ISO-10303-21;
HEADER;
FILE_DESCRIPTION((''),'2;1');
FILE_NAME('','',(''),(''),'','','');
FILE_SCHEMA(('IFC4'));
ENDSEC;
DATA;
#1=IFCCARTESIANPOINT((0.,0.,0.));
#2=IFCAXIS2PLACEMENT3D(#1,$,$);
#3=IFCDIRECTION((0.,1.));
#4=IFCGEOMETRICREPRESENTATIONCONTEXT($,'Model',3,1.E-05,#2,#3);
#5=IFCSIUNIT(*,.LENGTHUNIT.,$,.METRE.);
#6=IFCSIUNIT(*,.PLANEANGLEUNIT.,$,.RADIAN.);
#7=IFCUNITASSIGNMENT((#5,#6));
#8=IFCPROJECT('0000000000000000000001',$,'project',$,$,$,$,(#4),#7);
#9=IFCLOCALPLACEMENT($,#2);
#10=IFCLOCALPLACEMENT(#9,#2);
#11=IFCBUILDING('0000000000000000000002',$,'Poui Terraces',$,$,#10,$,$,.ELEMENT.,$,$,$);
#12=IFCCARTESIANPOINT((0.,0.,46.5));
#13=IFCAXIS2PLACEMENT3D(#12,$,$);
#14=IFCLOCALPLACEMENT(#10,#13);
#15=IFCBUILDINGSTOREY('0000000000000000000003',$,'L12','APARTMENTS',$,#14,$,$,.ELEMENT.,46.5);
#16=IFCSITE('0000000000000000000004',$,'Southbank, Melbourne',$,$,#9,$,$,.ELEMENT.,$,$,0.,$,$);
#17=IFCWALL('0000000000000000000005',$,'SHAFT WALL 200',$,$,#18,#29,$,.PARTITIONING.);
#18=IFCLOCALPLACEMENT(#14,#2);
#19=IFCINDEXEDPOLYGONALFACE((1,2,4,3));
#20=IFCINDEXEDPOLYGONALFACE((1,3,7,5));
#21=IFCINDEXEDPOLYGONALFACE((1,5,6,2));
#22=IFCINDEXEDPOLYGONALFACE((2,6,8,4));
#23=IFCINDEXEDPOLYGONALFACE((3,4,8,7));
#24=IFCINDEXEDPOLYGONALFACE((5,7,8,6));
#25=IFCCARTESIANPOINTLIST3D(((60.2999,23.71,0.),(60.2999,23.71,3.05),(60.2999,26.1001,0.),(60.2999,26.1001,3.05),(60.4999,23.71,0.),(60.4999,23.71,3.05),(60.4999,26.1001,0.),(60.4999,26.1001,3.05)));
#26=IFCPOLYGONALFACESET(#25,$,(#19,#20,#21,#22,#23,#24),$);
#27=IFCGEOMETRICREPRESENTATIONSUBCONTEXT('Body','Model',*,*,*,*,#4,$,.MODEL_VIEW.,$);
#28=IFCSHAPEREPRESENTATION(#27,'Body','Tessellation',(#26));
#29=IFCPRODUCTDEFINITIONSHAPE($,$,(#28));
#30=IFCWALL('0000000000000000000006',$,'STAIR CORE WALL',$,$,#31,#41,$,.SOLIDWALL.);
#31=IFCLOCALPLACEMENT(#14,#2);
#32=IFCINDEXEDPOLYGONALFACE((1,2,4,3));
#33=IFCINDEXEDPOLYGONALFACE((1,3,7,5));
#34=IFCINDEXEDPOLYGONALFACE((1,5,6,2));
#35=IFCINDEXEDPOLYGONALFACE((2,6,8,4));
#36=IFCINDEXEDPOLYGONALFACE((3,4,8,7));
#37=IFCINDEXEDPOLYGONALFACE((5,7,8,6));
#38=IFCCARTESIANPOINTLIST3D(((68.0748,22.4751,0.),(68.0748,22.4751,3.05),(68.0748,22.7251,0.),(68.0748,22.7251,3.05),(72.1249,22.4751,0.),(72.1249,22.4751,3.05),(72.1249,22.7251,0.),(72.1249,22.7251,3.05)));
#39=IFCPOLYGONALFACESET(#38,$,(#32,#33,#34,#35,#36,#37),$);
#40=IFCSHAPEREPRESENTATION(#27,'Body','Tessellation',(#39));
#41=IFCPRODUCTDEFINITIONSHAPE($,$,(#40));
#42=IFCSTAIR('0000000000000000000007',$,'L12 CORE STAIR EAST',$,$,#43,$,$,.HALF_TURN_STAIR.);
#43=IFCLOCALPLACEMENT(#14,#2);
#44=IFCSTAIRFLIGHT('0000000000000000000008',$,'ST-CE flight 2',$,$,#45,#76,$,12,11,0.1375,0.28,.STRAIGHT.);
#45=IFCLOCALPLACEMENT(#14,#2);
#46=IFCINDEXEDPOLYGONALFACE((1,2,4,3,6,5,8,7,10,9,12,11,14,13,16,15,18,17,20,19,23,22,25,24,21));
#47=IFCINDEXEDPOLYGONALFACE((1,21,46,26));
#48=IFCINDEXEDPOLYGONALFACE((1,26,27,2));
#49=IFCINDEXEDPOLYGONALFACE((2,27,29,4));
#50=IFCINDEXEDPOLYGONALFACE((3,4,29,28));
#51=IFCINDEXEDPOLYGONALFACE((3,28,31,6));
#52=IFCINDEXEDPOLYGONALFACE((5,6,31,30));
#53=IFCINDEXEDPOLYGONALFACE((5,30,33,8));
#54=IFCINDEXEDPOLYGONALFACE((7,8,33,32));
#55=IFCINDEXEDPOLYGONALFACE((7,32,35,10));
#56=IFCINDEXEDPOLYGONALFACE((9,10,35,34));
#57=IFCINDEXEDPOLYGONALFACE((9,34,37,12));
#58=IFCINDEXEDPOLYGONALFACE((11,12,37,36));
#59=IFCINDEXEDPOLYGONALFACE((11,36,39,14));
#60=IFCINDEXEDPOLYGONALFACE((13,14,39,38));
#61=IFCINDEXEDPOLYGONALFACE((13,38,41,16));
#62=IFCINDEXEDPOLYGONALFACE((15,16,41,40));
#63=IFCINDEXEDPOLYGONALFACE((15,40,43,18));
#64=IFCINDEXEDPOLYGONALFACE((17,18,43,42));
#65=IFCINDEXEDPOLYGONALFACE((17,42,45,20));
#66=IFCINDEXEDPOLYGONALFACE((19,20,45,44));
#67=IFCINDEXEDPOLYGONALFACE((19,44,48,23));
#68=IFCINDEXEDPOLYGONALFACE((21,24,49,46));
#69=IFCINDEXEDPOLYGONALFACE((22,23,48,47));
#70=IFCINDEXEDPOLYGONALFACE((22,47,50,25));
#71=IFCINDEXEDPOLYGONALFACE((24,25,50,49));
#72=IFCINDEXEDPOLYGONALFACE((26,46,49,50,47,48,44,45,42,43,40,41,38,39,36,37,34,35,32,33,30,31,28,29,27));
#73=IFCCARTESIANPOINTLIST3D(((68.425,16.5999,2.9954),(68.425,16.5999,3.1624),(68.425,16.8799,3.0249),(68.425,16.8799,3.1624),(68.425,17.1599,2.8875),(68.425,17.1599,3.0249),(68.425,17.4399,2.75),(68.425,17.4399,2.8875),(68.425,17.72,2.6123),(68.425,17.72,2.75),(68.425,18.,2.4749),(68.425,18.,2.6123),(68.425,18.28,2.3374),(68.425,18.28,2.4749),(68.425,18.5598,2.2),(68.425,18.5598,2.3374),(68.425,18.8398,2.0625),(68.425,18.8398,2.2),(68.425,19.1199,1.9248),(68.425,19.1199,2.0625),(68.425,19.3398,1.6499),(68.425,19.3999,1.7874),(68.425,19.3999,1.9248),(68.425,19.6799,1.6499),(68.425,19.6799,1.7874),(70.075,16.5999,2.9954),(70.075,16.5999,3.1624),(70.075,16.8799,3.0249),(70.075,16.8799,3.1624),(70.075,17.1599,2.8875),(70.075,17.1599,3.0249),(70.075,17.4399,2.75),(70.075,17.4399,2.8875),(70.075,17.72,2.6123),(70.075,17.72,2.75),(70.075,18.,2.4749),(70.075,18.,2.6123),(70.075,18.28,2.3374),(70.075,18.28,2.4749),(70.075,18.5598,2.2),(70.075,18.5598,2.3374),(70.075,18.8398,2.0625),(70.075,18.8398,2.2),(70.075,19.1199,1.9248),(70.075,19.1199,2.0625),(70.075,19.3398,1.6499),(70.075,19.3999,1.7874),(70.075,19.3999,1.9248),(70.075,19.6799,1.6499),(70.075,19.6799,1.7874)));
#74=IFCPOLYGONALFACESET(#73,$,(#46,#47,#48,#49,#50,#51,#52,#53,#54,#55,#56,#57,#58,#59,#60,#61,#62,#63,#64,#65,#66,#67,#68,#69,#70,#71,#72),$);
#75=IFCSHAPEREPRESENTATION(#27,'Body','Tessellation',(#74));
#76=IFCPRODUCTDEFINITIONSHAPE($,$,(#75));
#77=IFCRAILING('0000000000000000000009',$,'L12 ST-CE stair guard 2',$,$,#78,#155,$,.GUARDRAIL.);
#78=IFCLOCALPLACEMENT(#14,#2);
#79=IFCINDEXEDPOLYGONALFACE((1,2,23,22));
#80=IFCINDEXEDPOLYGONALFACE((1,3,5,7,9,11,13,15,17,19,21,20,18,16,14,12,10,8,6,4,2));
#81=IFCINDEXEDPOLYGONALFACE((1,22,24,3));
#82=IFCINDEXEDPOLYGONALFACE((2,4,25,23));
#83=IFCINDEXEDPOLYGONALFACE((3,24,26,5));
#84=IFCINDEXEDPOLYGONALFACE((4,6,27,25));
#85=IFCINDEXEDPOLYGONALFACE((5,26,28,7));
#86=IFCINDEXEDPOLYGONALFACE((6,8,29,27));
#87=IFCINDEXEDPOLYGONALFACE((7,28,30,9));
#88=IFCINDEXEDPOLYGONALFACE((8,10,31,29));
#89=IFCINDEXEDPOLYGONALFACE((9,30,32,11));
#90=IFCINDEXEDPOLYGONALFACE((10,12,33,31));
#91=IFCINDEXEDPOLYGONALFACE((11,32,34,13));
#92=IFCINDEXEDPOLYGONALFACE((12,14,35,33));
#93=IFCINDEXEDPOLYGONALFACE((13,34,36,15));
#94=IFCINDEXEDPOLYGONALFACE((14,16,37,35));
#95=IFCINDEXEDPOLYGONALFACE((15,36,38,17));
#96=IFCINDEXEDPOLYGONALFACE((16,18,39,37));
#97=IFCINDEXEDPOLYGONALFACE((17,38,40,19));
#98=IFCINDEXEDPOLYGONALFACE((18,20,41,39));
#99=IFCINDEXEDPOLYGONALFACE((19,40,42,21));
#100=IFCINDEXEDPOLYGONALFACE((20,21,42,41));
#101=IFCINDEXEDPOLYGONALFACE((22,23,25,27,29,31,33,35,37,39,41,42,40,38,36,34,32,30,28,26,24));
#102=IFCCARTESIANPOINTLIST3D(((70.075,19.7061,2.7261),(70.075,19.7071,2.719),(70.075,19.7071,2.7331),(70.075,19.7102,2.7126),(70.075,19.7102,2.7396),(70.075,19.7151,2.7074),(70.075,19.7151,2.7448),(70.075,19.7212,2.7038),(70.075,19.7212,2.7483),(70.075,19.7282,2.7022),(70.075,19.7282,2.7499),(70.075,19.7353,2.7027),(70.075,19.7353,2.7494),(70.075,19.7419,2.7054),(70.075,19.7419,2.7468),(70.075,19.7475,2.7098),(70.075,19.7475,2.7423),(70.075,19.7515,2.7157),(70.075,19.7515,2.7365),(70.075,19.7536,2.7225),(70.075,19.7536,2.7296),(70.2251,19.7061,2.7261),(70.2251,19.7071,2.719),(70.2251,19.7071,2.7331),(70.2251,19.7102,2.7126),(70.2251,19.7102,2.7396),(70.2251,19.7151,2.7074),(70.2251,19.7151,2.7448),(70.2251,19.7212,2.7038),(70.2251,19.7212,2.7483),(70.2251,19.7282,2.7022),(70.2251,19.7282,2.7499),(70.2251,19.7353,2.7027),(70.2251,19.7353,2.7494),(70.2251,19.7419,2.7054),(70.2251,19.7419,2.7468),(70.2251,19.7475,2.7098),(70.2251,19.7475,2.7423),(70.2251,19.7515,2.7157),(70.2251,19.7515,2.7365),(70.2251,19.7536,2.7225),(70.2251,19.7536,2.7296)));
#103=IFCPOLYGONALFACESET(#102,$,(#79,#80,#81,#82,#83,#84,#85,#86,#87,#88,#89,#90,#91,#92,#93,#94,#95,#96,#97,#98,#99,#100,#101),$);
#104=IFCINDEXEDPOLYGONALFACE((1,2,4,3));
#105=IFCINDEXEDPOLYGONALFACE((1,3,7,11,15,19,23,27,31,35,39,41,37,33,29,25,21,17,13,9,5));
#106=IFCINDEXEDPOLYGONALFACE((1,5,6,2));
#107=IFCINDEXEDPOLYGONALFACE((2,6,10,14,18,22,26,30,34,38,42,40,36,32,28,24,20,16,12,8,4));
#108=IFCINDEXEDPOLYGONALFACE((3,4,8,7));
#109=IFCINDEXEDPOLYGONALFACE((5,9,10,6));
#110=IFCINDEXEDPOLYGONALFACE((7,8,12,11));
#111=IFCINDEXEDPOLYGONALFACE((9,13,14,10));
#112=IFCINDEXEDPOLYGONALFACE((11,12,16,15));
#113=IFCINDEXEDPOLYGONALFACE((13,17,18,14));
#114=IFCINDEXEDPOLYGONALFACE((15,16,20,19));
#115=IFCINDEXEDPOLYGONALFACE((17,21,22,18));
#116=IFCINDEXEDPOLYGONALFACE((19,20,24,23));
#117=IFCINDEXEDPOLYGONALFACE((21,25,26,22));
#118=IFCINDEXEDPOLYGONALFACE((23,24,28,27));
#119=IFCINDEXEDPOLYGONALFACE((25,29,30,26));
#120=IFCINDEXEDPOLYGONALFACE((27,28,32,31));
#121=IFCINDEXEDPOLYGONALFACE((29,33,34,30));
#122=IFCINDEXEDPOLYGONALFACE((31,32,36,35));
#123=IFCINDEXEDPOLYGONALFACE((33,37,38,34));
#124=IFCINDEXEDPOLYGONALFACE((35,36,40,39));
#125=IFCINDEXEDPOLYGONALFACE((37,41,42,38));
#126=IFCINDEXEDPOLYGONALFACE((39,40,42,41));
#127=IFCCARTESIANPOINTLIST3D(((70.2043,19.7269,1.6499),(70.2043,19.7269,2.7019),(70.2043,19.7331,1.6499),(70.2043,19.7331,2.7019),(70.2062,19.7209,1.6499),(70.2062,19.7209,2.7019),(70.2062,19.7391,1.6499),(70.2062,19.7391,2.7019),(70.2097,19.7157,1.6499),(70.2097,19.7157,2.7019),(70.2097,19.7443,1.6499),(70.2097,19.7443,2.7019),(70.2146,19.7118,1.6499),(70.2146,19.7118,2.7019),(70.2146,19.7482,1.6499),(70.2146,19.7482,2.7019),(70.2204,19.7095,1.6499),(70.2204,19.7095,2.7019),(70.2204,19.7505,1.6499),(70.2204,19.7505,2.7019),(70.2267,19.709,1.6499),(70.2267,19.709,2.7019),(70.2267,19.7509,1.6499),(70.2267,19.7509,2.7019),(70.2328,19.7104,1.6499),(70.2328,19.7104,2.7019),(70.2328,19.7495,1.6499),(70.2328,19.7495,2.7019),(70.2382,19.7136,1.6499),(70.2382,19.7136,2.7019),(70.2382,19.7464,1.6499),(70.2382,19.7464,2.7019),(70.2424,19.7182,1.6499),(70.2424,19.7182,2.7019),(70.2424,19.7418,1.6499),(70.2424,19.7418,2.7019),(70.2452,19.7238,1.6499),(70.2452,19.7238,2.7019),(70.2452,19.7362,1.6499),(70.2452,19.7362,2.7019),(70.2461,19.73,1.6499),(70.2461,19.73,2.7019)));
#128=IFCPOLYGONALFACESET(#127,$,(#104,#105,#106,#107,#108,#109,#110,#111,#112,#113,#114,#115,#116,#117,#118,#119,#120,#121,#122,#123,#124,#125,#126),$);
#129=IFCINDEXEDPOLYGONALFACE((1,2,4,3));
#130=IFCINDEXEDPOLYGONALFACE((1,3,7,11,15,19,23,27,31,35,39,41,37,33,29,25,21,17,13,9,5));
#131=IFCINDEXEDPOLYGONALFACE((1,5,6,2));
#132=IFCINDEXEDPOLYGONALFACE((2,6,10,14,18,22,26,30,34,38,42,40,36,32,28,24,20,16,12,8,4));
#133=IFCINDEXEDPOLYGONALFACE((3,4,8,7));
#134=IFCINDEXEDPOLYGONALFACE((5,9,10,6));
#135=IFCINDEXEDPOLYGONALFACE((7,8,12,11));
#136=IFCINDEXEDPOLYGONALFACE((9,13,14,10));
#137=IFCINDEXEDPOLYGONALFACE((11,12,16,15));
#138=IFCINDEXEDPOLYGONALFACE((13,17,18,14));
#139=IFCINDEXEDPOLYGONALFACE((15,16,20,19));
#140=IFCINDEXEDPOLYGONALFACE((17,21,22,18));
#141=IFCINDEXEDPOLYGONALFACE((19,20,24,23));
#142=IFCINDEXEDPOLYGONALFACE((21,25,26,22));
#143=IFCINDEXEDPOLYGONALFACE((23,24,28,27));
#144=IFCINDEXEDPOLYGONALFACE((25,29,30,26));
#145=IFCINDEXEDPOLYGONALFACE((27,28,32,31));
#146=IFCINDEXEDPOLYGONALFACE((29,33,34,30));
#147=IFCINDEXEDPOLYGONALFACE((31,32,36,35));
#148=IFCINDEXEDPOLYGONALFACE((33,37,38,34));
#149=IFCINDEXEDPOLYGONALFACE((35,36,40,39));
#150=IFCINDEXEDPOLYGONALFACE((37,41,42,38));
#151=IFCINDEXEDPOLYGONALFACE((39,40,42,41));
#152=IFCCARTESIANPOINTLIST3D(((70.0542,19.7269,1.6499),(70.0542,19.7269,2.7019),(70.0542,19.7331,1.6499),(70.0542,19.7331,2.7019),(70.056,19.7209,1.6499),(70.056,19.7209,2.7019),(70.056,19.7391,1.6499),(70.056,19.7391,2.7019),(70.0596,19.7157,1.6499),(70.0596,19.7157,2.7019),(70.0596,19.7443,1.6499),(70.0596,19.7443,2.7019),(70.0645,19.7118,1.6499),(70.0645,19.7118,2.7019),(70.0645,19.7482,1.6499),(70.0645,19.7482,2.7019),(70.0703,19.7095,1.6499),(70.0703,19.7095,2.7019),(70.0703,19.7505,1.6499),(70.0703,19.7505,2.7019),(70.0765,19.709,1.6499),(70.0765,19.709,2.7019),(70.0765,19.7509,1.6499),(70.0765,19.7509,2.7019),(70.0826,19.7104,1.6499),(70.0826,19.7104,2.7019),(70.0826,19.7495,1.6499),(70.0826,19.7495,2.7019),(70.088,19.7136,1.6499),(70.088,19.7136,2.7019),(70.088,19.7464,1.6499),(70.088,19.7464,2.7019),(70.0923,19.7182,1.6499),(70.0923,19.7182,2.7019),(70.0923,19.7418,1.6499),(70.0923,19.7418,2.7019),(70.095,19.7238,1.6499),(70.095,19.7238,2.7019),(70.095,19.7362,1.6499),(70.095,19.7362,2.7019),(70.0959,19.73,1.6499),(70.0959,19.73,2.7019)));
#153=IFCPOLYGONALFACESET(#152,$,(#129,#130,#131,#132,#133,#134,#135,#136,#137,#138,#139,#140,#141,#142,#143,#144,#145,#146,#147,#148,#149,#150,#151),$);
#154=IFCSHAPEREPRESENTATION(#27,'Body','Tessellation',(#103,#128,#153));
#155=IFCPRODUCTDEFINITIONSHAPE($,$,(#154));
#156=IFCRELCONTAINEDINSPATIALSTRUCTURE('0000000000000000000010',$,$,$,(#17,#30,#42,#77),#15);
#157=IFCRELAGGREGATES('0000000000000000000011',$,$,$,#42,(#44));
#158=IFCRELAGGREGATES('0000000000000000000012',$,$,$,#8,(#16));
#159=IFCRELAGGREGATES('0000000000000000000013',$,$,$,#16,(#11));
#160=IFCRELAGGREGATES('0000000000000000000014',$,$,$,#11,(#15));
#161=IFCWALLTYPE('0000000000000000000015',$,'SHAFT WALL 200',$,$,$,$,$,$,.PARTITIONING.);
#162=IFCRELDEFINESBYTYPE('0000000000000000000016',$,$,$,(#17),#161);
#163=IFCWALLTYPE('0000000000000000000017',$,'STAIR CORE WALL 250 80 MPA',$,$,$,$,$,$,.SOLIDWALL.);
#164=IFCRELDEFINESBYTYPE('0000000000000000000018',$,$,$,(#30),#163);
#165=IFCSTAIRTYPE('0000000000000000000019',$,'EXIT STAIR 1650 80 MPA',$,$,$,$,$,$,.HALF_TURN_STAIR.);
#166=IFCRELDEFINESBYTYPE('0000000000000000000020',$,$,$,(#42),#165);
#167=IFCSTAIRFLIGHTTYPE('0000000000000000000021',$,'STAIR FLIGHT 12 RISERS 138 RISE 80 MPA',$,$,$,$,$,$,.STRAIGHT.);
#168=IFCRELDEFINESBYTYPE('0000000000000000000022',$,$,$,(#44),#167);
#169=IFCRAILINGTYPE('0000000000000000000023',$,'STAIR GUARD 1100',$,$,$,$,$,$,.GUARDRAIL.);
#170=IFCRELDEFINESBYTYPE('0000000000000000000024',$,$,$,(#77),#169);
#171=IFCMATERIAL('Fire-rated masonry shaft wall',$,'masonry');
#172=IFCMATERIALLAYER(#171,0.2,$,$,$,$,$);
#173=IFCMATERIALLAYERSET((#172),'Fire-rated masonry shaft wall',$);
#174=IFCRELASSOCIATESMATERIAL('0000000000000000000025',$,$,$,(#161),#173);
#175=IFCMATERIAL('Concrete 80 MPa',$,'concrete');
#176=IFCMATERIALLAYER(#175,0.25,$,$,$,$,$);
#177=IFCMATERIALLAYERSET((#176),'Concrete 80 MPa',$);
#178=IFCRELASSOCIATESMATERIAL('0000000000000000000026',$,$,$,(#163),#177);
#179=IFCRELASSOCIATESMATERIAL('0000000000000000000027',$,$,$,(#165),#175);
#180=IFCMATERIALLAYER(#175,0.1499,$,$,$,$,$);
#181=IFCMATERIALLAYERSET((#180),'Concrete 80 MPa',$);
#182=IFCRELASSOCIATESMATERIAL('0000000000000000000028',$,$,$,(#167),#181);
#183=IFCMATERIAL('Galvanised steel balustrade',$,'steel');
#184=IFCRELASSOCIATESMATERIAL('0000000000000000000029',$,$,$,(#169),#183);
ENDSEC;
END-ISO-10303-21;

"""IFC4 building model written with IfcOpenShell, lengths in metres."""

from ifc_helpers import new_model, si_unit, direction, frame, frame_2d, origin, origin_2d, place, context, subcontext, project, spatial, polyline, rectangle, circle, outline, extrude, material, layer, layer_set, type_object, element, aggregate, save


model = new_model("IFC4")

# Units and contexts
model_context = context("Model", 3, precision=1e-05, world=origin(), true_north=direction((0.0, 1.0)))
body_context = subcontext(model_context, "Body", "Model", "MODEL_VIEW")
ifc_project = project(units=[si_unit("LENGTHUNIT", "METRE"), si_unit("PLANEANGLEUNIT", "RADIAN")], contexts=[model_context])

# Site, building, storey
site_placement = place(None, origin())
site = spatial("IfcSite", under=ifc_project, at=site_placement, Name="Southbank, Melbourne", CompositionType="ELEMENT", RefElevation=0.0)
building_placement = place(site_placement, origin())
building = spatial("IfcBuilding", under=site, at=building_placement, Name="Poui Terraces", CompositionType="ELEMENT")
storey_placement = place(building_placement, frame((0.0, 0.0, 46.5)))
storey = spatial("IfcBuildingStorey", under=building, at=storey_placement, Name="L12", Description="APARTMENTS", CompositionType="ELEMENT", Elevation=46.5)

# Shared definitions
ifc_material_1 = material(Name="Concrete 80 MPa", Category="concrete")

# Walls
ifc_material_2 = material(Name="Fire-rated masonry shaft wall", Category="masonry")
ifc_layer_1 = layer(ifc_material_2, 0.2)
ifc_layer_set_1 = layer_set([ifc_layer_1], Name="Fire-rated masonry shaft wall")
wall_type_1 = type_object("IfcWallType", Name="SHAFT WALL 200", PredefinedType="PARTITIONING", material=ifc_layer_set_1)
for number, where, z_axis, x_axis, name in (
    (1, (60.3999, 23.71, 0.0), (0.0, 0.0, 1.0), (0.0, 1.0, 0.0), "SHAFT WALL 200"),
):
    element("IfcWall", number, at=place(storey_placement, frame(where, z_axis=z_axis, x_axis=x_axis)), inside=storey, type_object=wall_type_1, Name=name, PredefinedType="PARTITIONING", context=body_context, shape_type="SweptSolid", body=[
        extrude(rectangle(XDim=2.3901, YDim=0.2, at=frame_2d((1.1951, 0.0))), origin(), (0.0, 0.0, 1.0), 3.05),
    ])
ifc_layer_2 = layer(ifc_material_1, 0.25)
ifc_layer_set_2 = layer_set([ifc_layer_2], Name="Concrete 80 MPa")
wall_type_2 = type_object("IfcWallType", Name="STAIR CORE WALL 250 80 MPA", PredefinedType="SOLIDWALL", material=ifc_layer_set_2)
wall_1_placement = place(storey_placement, frame((68.075, 22.6001, 0.0), z_axis=(0.0, 0.0, 1.0), x_axis=(1.0, 0.0, 0.0)))
element("IfcWall", 2, at=wall_1_placement, inside=storey, type_object=wall_type_2, Name="STAIR CORE WALL", PredefinedType="SOLIDWALL", context=body_context, shape_type="SweptSolid", body=[
    extrude(rectangle(XDim=4.05, YDim=0.25, at=frame_2d((2.0249, 0.0))), origin(), (0.0, 0.0, 1.0), 3.05),
])

# Stair, stair flight
stair_type = type_object("IfcStairType", Name="EXIT STAIR 1650 80 MPA", PredefinedType="HALF_TURN_STAIR", material=ifc_material_1)
stair_placement = place(storey_placement, origin())
stair = element("IfcStair", 3, at=stair_placement, inside=storey, type_object=stair_type, Name="L12 CORE STAIR EAST", PredefinedType="HALF_TURN_STAIR")
ifc_layer_3 = layer(ifc_material_1, 0.1499)
ifc_layer_set_3 = layer_set([ifc_layer_3], Name="Concrete 80 MPa")
stair_flight_type = type_object("IfcStairFlightType", Name="STAIR FLIGHT 12 RISERS 138 RISE 80 MPA", PredefinedType="STRAIGHT", material=ifc_layer_set_3)
stair_flight_placement = place(storey_placement, frame((69.25, 19.6799, 1.6499), z_axis=(0.0, 0.0, 1.0), x_axis=(0.0, -1.0, 0.0)))
stair_flight = element("IfcStairFlight", 4, at=stair_flight_placement, type_object=stair_flight_type, Name="ST-CE flight 2", NumberOfRisers=12, NumberOfTreads=11, PredefinedType="STRAIGHT", RiserHeight=0.1375, TreadLength=0.28, context=body_context, shape_type="SweptSolid", body=[
    extrude(outline(polyline([(0.0, 0.0), (0.0, 0.1375), (0.28, 0.1375), (0.28, 0.2749), (0.5601, 0.2749), (0.5601, 0.4126), (0.8401, 0.4126), (0.8401, 0.55), (1.1201, 0.55), (1.1201, 0.6875), (1.3999, 0.6875), (1.3999, 0.825), (1.6799, 0.825), (1.6799, 0.9624), (1.96, 0.9624), (1.96, 1.1001), (2.24, 1.1001), (2.24, 1.2375), (2.52, 1.2375), (2.52, 1.375), (2.8, 1.375), (2.8, 1.5125), (3.0801, 1.5125), (3.0801, 1.6499), (3.0801, 1.3455), (0.3401, 0.0), (0.0, 0.0)])), frame((0.0, 0.825, 0.0), z_axis=(0.0, -1.0, 0.0), x_axis=(1.0, 0.0, 0.0)), (0.0, 0.0, 1.0), 1.6499),
])
aggregate(stair, [stair_flight])

# Railing
ifc_material_3 = material(Name="Galvanised steel balustrade", Category="steel")
railing_type_1 = type_object("IfcRailingType", Name="STAIR GUARD 1100", PredefinedType="GUARDRAIL", material=ifc_material_3)
railing_1_placement = place(storey_placement, frame((70.2251, 19.73, 1.6499)))
element("IfcRailing", 5, at=railing_1_placement, inside=storey, type_object=railing_type_1, Name="L12 ST-CE stair guard 2", PredefinedType="GUARDRAIL", context=body_context, shape_type="SweptSolid", body=[
    extrude(circle(Radius=0.0239, at=origin_2d()), frame((0.0, 0.0, 1.0762), z_axis=(-1.0, 0.0, 0.0), x_axis=(0.0, -1.0, 0.0)), (0.0, 0.0, 1.0), 0.1501),
    extrude(circle(Radius=0.021, at=origin_2d()), origin(), (0.0, 0.0, 1.0), 1.052),
    extrude(circle(Radius=0.021, at=origin_2d()), frame((-0.1501, 0.0, 0.0)), (0.0, 0.0, 1.0), 1.052),
])

save(model, "model.ifc")
